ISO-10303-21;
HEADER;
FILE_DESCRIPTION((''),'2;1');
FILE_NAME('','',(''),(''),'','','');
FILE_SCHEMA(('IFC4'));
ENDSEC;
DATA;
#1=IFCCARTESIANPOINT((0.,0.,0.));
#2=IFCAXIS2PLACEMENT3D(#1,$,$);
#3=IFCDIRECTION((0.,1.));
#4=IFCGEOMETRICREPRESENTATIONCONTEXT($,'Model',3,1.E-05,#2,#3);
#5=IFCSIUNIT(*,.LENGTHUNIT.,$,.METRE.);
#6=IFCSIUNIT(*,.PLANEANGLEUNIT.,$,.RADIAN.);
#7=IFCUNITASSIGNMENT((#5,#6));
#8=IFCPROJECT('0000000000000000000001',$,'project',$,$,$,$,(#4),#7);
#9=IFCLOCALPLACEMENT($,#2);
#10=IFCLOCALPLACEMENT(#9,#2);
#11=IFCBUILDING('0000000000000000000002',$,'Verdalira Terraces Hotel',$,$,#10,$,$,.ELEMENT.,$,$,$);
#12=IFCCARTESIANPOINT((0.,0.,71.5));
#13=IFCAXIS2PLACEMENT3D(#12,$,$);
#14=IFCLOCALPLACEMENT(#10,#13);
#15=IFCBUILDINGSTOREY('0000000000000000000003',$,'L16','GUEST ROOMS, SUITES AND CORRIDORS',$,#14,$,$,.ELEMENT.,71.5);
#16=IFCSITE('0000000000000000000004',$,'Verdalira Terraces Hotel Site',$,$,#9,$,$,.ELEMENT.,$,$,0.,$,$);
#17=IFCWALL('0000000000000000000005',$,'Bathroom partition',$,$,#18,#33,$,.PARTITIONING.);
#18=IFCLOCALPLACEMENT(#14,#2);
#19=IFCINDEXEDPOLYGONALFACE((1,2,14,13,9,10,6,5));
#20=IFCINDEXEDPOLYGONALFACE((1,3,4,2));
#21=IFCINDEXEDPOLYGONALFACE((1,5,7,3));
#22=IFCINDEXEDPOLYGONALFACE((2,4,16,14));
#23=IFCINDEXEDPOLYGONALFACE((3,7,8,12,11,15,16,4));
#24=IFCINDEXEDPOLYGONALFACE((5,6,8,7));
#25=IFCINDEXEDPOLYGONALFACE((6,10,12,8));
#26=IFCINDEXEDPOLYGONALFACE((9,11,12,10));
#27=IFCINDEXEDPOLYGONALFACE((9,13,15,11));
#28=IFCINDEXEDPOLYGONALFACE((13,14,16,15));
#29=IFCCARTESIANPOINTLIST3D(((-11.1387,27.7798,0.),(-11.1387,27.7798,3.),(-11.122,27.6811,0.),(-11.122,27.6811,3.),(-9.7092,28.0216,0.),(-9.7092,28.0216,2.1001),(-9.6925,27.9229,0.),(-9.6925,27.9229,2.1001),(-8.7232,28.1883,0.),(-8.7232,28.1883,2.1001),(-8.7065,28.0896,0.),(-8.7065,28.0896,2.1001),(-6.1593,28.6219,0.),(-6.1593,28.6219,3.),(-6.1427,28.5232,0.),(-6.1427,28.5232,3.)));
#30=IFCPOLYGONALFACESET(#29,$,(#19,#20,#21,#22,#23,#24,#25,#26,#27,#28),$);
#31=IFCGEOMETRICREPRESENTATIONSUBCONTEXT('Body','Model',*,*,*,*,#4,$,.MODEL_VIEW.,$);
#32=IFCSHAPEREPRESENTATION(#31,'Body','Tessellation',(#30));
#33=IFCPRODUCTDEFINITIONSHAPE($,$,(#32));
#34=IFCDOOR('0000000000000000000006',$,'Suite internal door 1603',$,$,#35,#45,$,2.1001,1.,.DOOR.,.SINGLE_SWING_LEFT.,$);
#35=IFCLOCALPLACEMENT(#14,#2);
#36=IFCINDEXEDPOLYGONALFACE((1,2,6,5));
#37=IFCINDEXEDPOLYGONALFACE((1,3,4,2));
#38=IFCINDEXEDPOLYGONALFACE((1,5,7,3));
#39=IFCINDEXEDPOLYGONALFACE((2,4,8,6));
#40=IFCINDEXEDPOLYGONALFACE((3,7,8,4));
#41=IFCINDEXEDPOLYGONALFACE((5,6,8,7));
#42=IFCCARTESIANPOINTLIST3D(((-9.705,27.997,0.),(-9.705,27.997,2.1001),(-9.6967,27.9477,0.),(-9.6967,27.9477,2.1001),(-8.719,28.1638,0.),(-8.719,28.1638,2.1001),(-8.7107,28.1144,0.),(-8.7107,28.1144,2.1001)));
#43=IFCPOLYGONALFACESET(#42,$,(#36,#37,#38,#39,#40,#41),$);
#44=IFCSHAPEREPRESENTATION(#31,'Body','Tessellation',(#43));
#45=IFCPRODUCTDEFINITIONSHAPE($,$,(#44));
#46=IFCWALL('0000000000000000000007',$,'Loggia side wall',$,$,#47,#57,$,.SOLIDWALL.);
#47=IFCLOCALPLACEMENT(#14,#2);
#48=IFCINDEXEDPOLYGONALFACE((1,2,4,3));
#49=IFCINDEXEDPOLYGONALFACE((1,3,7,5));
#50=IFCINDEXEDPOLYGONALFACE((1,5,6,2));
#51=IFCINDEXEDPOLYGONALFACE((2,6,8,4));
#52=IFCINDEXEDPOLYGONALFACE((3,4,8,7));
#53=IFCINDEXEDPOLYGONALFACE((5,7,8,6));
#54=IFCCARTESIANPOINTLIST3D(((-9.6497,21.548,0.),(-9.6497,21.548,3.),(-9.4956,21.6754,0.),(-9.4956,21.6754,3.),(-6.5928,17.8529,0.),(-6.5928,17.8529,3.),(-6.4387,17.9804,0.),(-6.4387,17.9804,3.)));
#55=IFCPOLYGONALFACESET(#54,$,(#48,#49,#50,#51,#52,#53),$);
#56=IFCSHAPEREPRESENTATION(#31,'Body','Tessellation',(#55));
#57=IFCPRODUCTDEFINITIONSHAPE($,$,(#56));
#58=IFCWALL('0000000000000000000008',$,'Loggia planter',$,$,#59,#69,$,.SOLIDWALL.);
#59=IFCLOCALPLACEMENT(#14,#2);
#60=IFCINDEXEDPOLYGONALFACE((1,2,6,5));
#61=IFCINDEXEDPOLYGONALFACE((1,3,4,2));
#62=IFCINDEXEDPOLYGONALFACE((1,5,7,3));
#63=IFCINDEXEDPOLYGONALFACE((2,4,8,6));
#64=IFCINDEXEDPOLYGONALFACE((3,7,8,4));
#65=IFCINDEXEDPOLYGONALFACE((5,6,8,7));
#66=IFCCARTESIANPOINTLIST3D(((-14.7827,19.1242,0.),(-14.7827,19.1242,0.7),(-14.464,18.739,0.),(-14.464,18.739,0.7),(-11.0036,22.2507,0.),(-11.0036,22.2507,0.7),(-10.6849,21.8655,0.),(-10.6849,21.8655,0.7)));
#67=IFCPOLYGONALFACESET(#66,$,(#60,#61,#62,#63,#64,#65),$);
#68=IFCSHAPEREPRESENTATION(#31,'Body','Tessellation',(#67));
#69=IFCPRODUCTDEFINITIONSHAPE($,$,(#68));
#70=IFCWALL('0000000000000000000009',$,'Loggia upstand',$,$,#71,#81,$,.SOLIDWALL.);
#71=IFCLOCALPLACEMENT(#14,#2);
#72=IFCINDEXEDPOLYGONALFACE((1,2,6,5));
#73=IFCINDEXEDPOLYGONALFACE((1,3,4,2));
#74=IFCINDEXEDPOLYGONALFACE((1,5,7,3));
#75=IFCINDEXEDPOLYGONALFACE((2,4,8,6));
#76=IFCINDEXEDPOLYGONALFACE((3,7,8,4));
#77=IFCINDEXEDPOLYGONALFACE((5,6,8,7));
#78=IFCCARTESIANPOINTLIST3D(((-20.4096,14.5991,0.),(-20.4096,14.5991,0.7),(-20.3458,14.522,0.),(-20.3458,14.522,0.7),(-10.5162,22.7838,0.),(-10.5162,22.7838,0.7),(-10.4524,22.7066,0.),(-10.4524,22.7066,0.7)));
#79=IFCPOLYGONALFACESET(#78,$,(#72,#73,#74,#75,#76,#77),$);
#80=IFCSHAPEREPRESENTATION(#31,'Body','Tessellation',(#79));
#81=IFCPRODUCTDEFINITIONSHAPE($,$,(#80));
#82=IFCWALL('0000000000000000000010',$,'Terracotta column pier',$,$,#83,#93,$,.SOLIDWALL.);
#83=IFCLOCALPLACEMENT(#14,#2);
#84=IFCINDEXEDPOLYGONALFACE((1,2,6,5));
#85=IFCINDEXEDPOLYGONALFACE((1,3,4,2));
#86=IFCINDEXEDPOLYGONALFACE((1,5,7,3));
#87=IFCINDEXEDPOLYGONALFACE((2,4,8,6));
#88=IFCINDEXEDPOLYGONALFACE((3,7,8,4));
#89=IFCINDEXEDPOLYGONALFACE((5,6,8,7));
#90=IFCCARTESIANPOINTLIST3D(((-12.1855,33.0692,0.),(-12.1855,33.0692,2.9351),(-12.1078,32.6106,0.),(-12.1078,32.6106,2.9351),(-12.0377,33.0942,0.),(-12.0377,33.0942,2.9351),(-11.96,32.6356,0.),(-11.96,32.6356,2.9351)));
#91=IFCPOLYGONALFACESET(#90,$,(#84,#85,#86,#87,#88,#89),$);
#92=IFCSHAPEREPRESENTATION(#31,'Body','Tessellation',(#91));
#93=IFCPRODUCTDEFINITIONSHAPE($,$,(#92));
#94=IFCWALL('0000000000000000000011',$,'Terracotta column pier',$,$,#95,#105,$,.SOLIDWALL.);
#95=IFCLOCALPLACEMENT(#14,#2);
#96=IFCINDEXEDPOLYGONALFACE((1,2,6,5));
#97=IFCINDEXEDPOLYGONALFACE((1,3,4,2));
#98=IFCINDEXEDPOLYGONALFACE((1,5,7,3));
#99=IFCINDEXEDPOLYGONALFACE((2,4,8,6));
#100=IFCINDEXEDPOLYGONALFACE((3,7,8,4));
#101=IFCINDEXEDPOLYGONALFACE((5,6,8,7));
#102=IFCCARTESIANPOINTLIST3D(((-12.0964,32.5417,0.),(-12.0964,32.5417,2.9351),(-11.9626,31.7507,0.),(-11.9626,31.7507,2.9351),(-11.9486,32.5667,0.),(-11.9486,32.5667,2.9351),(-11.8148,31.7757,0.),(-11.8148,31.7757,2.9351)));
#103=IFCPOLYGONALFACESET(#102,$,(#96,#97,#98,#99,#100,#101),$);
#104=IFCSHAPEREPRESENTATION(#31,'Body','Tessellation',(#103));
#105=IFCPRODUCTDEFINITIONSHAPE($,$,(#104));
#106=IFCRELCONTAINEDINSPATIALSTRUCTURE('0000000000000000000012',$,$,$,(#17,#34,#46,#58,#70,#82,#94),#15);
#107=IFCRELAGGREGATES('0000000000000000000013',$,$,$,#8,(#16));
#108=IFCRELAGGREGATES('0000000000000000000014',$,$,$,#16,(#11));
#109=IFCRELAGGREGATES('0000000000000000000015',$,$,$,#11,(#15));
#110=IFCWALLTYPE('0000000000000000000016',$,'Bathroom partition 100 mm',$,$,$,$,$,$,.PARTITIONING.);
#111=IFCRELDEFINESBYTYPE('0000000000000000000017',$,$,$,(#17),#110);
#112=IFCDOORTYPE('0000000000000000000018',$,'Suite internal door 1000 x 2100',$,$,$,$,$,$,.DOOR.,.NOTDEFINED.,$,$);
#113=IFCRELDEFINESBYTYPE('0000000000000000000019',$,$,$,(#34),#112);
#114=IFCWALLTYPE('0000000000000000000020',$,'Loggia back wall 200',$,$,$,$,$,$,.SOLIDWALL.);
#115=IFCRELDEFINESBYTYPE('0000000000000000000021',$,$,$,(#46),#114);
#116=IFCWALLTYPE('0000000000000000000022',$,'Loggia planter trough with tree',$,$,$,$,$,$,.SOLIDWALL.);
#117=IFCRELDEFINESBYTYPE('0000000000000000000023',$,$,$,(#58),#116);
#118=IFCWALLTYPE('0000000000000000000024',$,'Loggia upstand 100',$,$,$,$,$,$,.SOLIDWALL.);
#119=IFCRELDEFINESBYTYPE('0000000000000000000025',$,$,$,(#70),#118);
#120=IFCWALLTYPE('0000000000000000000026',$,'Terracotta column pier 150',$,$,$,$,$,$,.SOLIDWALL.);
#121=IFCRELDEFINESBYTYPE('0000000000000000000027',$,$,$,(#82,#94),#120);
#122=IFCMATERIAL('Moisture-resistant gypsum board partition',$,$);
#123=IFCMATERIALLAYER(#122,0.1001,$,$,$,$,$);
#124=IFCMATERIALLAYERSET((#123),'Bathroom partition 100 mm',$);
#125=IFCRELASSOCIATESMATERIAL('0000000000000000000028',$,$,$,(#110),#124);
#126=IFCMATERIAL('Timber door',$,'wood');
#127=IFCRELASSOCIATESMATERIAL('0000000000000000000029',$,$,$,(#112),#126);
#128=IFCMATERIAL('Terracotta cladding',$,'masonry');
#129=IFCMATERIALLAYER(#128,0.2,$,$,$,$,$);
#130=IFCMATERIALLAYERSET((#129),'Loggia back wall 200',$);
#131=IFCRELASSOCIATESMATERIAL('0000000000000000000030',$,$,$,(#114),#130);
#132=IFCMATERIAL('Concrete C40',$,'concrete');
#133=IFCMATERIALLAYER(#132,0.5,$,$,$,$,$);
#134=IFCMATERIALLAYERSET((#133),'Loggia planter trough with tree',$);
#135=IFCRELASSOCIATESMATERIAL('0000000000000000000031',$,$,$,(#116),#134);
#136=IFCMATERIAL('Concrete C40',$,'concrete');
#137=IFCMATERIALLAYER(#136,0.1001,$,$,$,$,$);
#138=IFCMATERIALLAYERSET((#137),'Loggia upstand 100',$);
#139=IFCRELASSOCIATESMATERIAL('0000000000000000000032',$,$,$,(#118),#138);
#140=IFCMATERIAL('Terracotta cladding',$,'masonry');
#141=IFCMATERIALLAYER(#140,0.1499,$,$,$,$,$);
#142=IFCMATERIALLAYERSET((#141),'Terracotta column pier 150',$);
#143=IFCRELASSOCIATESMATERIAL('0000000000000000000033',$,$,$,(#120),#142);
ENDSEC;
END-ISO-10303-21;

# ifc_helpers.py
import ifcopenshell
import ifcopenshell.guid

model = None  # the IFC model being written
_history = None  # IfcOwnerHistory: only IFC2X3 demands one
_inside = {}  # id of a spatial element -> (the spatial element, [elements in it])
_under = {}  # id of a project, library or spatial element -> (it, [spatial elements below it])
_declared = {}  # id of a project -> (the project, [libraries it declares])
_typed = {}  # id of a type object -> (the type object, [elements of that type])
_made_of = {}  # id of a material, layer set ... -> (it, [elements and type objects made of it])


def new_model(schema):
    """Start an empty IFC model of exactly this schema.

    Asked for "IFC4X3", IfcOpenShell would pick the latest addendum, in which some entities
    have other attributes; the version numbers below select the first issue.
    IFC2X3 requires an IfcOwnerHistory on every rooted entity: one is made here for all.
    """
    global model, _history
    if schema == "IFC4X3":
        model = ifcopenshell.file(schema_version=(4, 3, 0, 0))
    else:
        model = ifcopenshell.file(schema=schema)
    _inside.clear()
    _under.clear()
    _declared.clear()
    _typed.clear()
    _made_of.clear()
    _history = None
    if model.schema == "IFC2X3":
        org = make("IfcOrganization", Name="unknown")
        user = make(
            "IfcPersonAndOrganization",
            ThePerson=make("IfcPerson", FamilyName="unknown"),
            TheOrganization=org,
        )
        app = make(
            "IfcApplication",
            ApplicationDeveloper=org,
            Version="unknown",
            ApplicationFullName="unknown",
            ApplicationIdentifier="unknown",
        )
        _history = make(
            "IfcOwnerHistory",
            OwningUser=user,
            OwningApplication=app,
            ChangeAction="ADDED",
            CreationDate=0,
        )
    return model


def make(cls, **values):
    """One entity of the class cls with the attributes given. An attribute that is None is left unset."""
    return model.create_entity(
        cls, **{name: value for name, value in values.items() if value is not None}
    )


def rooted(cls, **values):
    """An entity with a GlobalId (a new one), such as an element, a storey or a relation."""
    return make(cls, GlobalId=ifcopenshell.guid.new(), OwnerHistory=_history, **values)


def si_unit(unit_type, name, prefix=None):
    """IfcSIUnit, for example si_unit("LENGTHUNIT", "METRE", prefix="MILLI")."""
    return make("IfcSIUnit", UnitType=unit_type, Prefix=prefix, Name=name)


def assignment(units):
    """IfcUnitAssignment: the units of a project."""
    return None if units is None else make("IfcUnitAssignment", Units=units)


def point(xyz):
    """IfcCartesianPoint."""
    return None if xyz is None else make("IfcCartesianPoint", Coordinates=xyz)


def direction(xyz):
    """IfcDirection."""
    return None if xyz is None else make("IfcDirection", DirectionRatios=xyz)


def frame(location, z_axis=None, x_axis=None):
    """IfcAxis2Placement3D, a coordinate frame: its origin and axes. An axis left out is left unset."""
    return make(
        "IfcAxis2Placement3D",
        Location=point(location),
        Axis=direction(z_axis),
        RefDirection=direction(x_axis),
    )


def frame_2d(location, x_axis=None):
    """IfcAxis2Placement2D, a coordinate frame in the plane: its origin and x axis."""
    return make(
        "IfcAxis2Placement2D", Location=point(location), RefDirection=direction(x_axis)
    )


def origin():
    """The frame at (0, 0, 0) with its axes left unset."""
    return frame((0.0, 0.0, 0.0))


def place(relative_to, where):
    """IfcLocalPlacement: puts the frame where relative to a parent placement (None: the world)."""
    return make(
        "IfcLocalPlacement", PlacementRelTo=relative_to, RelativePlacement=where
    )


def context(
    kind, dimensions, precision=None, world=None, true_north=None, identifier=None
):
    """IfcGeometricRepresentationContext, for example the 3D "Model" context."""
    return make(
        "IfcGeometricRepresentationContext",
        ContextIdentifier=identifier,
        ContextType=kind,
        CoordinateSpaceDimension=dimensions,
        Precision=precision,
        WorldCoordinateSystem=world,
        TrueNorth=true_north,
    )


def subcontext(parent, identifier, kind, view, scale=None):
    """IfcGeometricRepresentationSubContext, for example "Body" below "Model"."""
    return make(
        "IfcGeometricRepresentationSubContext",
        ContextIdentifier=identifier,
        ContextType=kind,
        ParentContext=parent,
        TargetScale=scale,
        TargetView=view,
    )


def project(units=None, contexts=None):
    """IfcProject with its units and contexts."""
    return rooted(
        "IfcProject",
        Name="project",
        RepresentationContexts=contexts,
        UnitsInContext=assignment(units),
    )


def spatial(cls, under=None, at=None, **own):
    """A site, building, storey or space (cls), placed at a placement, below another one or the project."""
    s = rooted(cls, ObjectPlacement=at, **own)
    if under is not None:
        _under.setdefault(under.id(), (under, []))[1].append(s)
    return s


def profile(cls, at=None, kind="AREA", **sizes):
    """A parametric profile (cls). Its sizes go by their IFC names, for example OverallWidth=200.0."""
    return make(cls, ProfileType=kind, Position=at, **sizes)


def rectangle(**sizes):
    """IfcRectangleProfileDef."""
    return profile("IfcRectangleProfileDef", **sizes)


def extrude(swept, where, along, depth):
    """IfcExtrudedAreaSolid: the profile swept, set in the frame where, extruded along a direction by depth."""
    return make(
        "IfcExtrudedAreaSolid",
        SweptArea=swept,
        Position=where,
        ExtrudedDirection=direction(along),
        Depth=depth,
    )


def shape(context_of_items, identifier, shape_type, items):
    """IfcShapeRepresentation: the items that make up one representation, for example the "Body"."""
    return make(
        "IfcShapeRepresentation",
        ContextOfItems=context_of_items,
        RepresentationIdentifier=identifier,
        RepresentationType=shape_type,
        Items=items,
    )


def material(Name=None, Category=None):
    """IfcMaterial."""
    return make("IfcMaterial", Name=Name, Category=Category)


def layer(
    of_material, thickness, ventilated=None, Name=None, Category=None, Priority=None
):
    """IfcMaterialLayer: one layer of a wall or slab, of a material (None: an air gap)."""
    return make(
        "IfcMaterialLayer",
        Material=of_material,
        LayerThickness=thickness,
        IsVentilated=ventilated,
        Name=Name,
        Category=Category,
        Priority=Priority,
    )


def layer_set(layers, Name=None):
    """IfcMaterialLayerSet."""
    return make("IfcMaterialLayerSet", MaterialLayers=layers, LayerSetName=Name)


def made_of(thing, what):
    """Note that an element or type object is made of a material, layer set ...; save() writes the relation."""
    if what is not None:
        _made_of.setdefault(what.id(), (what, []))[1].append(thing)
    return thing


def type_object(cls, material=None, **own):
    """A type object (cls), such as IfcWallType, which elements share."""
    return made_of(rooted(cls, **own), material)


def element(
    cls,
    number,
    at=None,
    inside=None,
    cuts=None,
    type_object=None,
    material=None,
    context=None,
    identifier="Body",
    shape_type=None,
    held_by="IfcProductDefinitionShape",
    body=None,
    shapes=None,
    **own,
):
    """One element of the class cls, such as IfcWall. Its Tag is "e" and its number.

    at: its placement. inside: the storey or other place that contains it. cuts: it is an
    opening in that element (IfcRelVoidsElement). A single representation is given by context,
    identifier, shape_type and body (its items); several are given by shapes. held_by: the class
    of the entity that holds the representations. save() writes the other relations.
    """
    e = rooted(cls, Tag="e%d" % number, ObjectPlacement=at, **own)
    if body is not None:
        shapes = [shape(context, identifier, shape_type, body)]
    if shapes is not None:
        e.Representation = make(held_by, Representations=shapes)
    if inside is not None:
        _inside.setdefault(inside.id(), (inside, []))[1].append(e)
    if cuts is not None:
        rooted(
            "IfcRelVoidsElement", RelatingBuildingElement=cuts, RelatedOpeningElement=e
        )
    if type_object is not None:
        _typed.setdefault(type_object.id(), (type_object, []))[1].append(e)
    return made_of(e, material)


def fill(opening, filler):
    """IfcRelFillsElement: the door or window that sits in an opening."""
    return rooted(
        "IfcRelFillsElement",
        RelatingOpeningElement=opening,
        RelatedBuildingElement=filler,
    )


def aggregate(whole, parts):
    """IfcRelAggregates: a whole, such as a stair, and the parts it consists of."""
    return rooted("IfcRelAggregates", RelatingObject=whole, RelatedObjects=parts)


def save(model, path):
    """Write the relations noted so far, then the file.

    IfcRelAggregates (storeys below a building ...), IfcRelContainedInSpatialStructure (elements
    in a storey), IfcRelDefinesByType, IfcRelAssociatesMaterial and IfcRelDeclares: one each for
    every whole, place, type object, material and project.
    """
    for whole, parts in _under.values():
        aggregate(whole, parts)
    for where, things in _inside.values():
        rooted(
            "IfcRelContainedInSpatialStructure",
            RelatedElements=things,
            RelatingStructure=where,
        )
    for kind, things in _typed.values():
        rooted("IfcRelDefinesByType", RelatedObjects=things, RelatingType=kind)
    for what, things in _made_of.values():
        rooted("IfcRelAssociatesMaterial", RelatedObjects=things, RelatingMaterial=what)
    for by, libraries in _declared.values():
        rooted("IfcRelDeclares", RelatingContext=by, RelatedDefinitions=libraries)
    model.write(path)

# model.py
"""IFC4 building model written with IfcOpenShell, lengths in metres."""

from ifc_helpers import new_model, si_unit, direction, frame, frame_2d, origin, place, context, subcontext, project, spatial, rectangle, extrude, material, layer, layer_set, type_object, element, fill, save


model = new_model("IFC4")

# Units and contexts
model_context = context("Model", 3, precision=1e-05, world=origin(), true_north=direction((0.0, 1.0)))
body_context = subcontext(model_context, "Body", "Model", "MODEL_VIEW")
ifc_project = project(units=[si_unit("LENGTHUNIT", "METRE"), si_unit("PLANEANGLEUNIT", "RADIAN")], contexts=[model_context])

# Site, building, storey
site_placement = place(None, origin())
site = spatial("IfcSite", under=ifc_project, at=site_placement, Name="Verdalira Terraces Hotel Site", CompositionType="ELEMENT", RefElevation=0.0)
building_placement = place(site_placement, origin())
building = spatial("IfcBuilding", under=site, at=building_placement, Name="Verdalira Terraces Hotel", CompositionType="ELEMENT")
storey_placement = place(building_placement, frame((0.0, 0.0, 71.5)))
storey = spatial("IfcBuildingStorey", under=building, at=storey_placement, Name="L16", Description="GUEST ROOMS, SUITES AND CORRIDORS", CompositionType="ELEMENT", Elevation=71.5)

# Wall, opening, door
ifc_material_1 = material(Name="Moisture-resistant gypsum board partition")
ifc_layer_1 = layer(ifc_material_1, 0.1001)
ifc_layer_set_1 = layer_set([ifc_layer_1], Name="Bathroom partition 100 mm")
wall_type_1 = type_object("IfcWallType", Name="Bathroom partition 100 mm", PredefinedType="PARTITIONING", material=ifc_layer_set_1)
ifc_material_2 = material(Name="Timber door", Category="wood")
door_type_1 = type_object("IfcDoorType", Name="Suite internal door 1000 x 2100", OperationType="NOTDEFINED", PredefinedType="DOOR", material=ifc_material_2)
wall_1_placement = place(storey_placement, frame((-6.1511, 28.5725, 0.0), z_axis=(0.0, 0.0, 1.0), x_axis=(-0.986, -0.166743, 0.0)))
wall_1 = element("IfcWall", 1, at=wall_1_placement, inside=storey, type_object=wall_type_1, Name="Bathroom partition", PredefinedType="PARTITIONING", context=body_context, shape_type="SweptSolid", body=[
    extrude(rectangle(XDim=5.05, YDim=0.1001, at=frame_2d((2.5249, 0.0))), origin(), (0.0, 0.0, 1.0), 3.0),
])
opening_1_placement = place(wall_1_placement, frame((2.6001, 0.0, 0.0)))
opening_1 = element("IfcOpeningElement", 2, at=opening_1_placement, cuts=wall_1, PredefinedType="OPENING", context=body_context, shape_type="SweptSolid", body=[
    extrude(rectangle(XDim=1.0, YDim=2.1001, at=frame_2d((0.5, 1.05))), frame((0.0, 0.0601, 0.0), z_axis=(0.0, -1.0, 0.0), x_axis=(1.0, 0.0, 0.0)), (0.0, 0.0, 1.0), 0.1201),
])
door_1_placement = place(opening_1_placement, origin())
door_1 = element("IfcDoor", 3, at=door_1_placement, inside=storey, type_object=door_type_1, Name="Suite internal door 1603", OperationType="SINGLE_SWING_LEFT", OverallHeight=2.1001, OverallWidth=1.0, PredefinedType="DOOR", context=body_context, shape_type="SweptSolid", body=[
    extrude(rectangle(XDim=1.0, YDim=2.1001, at=frame_2d((0.5, 1.05))), frame((0.0, 0.0249, 0.0), z_axis=(0.0, -1.0, 0.0), x_axis=(1.0, 0.0, 0.0)), (0.0, 0.0, 1.0), 0.05),
])
fill(opening_1, door_1)

# Walls
ifc_material_3 = material(Name="Terracotta cladding", Category="masonry")
ifc_layer_2 = layer(ifc_material_3, 0.2)
ifc_layer_set_2 = layer_set([ifc_layer_2], Name="Loggia back wall 200")
wall_type_2 = type_object("IfcWallType", Name="Loggia back wall 200", PredefinedType="SOLIDWALL", material=ifc_layer_set_2)
wall_2_placement = place(storey_placement, frame((-9.5728, 21.6118, 0.0), z_axis=(0.0, 0.0, 1.0), x_axis=(0.637431, -0.770507, 0.0)))
element("IfcWall", 4, at=wall_2_placement, inside=storey, type_object=wall_type_2, Name="Loggia side wall", PredefinedType="SOLIDWALL", context=body_context, shape_type="SweptSolid", body=[
    extrude(rectangle(XDim=4.7957, YDim=0.2, at=frame_2d((2.3979, 0.0))), origin(), (0.0, 0.0, 1.0), 3.0),
])
ifc_material_4 = material(Name="Concrete C40", Category="concrete")
ifc_layer_3 = layer(ifc_material_4, 0.5)
ifc_layer_set_3 = layer_set([ifc_layer_3], Name="Loggia planter trough with tree")
wall_type_3 = type_object("IfcWallType", Name="Loggia planter trough with tree", PredefinedType="SOLIDWALL", material=ifc_layer_set_3)
wall_3_placement = place(storey_placement, frame((-10.8442, 22.0581, 0.0), z_axis=(0.0, 0.0, 1.0), x_axis=(-0.770497, -0.637443, 0.0)))
element("IfcWall", 5, at=wall_3_placement, inside=storey, type_object=wall_type_3, Name="Loggia planter", PredefinedType="SOLIDWALL", context=body_context, shape_type="SweptSolid", body=[
    extrude(rectangle(XDim=4.9048, YDim=0.5, at=frame_2d((2.4524, 0.0))), origin(), (0.0, 0.0, 1.0), 0.7),
])
ifc_material_5 = material(Name="Concrete C40", Category="concrete")
ifc_layer_4 = layer(ifc_material_5, 0.1001)
ifc_layer_set_4 = layer_set([ifc_layer_4], Name="Loggia upstand 100")
wall_type_4 = type_object("IfcWallType", Name="Loggia upstand 100", PredefinedType="SOLIDWALL", material=ifc_layer_set_4)
wall_4_placement = place(storey_placement, frame((-10.4844, 22.7451, 0.0), z_axis=(0.0, 0.0, 1.0), x_axis=(-0.770509, -0.637429, 0.0)))
element("IfcWall", 6, at=wall_4_placement, inside=storey, type_object=wall_type_4, Name="Loggia upstand", PredefinedType="SOLIDWALL", context=body_context, shape_type="SweptSolid", body=[
    extrude(rectangle(XDim=12.8401, YDim=0.1001, at=frame_2d((6.4199, 0.0))), origin(), (0.0, 0.0, 1.0), 0.7),
])
ifc_material_6 = material(Name="Terracotta cladding", Category="masonry")
ifc_layer_5 = layer(ifc_material_6, 0.1499)
ifc_layer_set_5 = layer_set([ifc_layer_5], Name="Terracotta column pier 150")
wall_type_5 = type_object("IfcWallType", Name="Terracotta column pier 150", PredefinedType="SOLIDWALL", material=ifc_layer_set_5)
wall_5_placement = place(storey_placement, frame((-12.1116, 33.0815, 0.0), z_axis=(0.0, 0.0, 1.0), x_axis=(0.166953, -0.985965, 0.0)))
element("IfcWall", 7, at=wall_5_placement, inside=storey, type_object=wall_type_5, Name="Terracotta column pier", PredefinedType="SOLIDWALL", context=body_context, shape_type="SweptSolid", body=[
    extrude(rectangle(XDim=0.4651, YDim=0.1499, at=frame_2d((0.2324, 0.0))), origin(), (0.0, 0.0, 1.0), 2.9351),
])
wall_6_placement = place(storey_placement, frame((-12.0225, 32.5542, 0.0), z_axis=(0.0, 0.0, 1.0), x_axis=(0.166767, -0.985996, 0.0)))
element("IfcWall", 8, at=wall_6_placement, inside=storey, type_object=wall_type_5, Name="Terracotta column pier", PredefinedType="SOLIDWALL", context=body_context, shape_type="SweptSolid", body=[
    extrude(rectangle(XDim=0.8022, YDim=0.1499, at=frame_2d((0.4011, 0.0))), origin(), (0.0, 0.0, 1.0), 2.9351),
])

save(model, "model.ifc")
